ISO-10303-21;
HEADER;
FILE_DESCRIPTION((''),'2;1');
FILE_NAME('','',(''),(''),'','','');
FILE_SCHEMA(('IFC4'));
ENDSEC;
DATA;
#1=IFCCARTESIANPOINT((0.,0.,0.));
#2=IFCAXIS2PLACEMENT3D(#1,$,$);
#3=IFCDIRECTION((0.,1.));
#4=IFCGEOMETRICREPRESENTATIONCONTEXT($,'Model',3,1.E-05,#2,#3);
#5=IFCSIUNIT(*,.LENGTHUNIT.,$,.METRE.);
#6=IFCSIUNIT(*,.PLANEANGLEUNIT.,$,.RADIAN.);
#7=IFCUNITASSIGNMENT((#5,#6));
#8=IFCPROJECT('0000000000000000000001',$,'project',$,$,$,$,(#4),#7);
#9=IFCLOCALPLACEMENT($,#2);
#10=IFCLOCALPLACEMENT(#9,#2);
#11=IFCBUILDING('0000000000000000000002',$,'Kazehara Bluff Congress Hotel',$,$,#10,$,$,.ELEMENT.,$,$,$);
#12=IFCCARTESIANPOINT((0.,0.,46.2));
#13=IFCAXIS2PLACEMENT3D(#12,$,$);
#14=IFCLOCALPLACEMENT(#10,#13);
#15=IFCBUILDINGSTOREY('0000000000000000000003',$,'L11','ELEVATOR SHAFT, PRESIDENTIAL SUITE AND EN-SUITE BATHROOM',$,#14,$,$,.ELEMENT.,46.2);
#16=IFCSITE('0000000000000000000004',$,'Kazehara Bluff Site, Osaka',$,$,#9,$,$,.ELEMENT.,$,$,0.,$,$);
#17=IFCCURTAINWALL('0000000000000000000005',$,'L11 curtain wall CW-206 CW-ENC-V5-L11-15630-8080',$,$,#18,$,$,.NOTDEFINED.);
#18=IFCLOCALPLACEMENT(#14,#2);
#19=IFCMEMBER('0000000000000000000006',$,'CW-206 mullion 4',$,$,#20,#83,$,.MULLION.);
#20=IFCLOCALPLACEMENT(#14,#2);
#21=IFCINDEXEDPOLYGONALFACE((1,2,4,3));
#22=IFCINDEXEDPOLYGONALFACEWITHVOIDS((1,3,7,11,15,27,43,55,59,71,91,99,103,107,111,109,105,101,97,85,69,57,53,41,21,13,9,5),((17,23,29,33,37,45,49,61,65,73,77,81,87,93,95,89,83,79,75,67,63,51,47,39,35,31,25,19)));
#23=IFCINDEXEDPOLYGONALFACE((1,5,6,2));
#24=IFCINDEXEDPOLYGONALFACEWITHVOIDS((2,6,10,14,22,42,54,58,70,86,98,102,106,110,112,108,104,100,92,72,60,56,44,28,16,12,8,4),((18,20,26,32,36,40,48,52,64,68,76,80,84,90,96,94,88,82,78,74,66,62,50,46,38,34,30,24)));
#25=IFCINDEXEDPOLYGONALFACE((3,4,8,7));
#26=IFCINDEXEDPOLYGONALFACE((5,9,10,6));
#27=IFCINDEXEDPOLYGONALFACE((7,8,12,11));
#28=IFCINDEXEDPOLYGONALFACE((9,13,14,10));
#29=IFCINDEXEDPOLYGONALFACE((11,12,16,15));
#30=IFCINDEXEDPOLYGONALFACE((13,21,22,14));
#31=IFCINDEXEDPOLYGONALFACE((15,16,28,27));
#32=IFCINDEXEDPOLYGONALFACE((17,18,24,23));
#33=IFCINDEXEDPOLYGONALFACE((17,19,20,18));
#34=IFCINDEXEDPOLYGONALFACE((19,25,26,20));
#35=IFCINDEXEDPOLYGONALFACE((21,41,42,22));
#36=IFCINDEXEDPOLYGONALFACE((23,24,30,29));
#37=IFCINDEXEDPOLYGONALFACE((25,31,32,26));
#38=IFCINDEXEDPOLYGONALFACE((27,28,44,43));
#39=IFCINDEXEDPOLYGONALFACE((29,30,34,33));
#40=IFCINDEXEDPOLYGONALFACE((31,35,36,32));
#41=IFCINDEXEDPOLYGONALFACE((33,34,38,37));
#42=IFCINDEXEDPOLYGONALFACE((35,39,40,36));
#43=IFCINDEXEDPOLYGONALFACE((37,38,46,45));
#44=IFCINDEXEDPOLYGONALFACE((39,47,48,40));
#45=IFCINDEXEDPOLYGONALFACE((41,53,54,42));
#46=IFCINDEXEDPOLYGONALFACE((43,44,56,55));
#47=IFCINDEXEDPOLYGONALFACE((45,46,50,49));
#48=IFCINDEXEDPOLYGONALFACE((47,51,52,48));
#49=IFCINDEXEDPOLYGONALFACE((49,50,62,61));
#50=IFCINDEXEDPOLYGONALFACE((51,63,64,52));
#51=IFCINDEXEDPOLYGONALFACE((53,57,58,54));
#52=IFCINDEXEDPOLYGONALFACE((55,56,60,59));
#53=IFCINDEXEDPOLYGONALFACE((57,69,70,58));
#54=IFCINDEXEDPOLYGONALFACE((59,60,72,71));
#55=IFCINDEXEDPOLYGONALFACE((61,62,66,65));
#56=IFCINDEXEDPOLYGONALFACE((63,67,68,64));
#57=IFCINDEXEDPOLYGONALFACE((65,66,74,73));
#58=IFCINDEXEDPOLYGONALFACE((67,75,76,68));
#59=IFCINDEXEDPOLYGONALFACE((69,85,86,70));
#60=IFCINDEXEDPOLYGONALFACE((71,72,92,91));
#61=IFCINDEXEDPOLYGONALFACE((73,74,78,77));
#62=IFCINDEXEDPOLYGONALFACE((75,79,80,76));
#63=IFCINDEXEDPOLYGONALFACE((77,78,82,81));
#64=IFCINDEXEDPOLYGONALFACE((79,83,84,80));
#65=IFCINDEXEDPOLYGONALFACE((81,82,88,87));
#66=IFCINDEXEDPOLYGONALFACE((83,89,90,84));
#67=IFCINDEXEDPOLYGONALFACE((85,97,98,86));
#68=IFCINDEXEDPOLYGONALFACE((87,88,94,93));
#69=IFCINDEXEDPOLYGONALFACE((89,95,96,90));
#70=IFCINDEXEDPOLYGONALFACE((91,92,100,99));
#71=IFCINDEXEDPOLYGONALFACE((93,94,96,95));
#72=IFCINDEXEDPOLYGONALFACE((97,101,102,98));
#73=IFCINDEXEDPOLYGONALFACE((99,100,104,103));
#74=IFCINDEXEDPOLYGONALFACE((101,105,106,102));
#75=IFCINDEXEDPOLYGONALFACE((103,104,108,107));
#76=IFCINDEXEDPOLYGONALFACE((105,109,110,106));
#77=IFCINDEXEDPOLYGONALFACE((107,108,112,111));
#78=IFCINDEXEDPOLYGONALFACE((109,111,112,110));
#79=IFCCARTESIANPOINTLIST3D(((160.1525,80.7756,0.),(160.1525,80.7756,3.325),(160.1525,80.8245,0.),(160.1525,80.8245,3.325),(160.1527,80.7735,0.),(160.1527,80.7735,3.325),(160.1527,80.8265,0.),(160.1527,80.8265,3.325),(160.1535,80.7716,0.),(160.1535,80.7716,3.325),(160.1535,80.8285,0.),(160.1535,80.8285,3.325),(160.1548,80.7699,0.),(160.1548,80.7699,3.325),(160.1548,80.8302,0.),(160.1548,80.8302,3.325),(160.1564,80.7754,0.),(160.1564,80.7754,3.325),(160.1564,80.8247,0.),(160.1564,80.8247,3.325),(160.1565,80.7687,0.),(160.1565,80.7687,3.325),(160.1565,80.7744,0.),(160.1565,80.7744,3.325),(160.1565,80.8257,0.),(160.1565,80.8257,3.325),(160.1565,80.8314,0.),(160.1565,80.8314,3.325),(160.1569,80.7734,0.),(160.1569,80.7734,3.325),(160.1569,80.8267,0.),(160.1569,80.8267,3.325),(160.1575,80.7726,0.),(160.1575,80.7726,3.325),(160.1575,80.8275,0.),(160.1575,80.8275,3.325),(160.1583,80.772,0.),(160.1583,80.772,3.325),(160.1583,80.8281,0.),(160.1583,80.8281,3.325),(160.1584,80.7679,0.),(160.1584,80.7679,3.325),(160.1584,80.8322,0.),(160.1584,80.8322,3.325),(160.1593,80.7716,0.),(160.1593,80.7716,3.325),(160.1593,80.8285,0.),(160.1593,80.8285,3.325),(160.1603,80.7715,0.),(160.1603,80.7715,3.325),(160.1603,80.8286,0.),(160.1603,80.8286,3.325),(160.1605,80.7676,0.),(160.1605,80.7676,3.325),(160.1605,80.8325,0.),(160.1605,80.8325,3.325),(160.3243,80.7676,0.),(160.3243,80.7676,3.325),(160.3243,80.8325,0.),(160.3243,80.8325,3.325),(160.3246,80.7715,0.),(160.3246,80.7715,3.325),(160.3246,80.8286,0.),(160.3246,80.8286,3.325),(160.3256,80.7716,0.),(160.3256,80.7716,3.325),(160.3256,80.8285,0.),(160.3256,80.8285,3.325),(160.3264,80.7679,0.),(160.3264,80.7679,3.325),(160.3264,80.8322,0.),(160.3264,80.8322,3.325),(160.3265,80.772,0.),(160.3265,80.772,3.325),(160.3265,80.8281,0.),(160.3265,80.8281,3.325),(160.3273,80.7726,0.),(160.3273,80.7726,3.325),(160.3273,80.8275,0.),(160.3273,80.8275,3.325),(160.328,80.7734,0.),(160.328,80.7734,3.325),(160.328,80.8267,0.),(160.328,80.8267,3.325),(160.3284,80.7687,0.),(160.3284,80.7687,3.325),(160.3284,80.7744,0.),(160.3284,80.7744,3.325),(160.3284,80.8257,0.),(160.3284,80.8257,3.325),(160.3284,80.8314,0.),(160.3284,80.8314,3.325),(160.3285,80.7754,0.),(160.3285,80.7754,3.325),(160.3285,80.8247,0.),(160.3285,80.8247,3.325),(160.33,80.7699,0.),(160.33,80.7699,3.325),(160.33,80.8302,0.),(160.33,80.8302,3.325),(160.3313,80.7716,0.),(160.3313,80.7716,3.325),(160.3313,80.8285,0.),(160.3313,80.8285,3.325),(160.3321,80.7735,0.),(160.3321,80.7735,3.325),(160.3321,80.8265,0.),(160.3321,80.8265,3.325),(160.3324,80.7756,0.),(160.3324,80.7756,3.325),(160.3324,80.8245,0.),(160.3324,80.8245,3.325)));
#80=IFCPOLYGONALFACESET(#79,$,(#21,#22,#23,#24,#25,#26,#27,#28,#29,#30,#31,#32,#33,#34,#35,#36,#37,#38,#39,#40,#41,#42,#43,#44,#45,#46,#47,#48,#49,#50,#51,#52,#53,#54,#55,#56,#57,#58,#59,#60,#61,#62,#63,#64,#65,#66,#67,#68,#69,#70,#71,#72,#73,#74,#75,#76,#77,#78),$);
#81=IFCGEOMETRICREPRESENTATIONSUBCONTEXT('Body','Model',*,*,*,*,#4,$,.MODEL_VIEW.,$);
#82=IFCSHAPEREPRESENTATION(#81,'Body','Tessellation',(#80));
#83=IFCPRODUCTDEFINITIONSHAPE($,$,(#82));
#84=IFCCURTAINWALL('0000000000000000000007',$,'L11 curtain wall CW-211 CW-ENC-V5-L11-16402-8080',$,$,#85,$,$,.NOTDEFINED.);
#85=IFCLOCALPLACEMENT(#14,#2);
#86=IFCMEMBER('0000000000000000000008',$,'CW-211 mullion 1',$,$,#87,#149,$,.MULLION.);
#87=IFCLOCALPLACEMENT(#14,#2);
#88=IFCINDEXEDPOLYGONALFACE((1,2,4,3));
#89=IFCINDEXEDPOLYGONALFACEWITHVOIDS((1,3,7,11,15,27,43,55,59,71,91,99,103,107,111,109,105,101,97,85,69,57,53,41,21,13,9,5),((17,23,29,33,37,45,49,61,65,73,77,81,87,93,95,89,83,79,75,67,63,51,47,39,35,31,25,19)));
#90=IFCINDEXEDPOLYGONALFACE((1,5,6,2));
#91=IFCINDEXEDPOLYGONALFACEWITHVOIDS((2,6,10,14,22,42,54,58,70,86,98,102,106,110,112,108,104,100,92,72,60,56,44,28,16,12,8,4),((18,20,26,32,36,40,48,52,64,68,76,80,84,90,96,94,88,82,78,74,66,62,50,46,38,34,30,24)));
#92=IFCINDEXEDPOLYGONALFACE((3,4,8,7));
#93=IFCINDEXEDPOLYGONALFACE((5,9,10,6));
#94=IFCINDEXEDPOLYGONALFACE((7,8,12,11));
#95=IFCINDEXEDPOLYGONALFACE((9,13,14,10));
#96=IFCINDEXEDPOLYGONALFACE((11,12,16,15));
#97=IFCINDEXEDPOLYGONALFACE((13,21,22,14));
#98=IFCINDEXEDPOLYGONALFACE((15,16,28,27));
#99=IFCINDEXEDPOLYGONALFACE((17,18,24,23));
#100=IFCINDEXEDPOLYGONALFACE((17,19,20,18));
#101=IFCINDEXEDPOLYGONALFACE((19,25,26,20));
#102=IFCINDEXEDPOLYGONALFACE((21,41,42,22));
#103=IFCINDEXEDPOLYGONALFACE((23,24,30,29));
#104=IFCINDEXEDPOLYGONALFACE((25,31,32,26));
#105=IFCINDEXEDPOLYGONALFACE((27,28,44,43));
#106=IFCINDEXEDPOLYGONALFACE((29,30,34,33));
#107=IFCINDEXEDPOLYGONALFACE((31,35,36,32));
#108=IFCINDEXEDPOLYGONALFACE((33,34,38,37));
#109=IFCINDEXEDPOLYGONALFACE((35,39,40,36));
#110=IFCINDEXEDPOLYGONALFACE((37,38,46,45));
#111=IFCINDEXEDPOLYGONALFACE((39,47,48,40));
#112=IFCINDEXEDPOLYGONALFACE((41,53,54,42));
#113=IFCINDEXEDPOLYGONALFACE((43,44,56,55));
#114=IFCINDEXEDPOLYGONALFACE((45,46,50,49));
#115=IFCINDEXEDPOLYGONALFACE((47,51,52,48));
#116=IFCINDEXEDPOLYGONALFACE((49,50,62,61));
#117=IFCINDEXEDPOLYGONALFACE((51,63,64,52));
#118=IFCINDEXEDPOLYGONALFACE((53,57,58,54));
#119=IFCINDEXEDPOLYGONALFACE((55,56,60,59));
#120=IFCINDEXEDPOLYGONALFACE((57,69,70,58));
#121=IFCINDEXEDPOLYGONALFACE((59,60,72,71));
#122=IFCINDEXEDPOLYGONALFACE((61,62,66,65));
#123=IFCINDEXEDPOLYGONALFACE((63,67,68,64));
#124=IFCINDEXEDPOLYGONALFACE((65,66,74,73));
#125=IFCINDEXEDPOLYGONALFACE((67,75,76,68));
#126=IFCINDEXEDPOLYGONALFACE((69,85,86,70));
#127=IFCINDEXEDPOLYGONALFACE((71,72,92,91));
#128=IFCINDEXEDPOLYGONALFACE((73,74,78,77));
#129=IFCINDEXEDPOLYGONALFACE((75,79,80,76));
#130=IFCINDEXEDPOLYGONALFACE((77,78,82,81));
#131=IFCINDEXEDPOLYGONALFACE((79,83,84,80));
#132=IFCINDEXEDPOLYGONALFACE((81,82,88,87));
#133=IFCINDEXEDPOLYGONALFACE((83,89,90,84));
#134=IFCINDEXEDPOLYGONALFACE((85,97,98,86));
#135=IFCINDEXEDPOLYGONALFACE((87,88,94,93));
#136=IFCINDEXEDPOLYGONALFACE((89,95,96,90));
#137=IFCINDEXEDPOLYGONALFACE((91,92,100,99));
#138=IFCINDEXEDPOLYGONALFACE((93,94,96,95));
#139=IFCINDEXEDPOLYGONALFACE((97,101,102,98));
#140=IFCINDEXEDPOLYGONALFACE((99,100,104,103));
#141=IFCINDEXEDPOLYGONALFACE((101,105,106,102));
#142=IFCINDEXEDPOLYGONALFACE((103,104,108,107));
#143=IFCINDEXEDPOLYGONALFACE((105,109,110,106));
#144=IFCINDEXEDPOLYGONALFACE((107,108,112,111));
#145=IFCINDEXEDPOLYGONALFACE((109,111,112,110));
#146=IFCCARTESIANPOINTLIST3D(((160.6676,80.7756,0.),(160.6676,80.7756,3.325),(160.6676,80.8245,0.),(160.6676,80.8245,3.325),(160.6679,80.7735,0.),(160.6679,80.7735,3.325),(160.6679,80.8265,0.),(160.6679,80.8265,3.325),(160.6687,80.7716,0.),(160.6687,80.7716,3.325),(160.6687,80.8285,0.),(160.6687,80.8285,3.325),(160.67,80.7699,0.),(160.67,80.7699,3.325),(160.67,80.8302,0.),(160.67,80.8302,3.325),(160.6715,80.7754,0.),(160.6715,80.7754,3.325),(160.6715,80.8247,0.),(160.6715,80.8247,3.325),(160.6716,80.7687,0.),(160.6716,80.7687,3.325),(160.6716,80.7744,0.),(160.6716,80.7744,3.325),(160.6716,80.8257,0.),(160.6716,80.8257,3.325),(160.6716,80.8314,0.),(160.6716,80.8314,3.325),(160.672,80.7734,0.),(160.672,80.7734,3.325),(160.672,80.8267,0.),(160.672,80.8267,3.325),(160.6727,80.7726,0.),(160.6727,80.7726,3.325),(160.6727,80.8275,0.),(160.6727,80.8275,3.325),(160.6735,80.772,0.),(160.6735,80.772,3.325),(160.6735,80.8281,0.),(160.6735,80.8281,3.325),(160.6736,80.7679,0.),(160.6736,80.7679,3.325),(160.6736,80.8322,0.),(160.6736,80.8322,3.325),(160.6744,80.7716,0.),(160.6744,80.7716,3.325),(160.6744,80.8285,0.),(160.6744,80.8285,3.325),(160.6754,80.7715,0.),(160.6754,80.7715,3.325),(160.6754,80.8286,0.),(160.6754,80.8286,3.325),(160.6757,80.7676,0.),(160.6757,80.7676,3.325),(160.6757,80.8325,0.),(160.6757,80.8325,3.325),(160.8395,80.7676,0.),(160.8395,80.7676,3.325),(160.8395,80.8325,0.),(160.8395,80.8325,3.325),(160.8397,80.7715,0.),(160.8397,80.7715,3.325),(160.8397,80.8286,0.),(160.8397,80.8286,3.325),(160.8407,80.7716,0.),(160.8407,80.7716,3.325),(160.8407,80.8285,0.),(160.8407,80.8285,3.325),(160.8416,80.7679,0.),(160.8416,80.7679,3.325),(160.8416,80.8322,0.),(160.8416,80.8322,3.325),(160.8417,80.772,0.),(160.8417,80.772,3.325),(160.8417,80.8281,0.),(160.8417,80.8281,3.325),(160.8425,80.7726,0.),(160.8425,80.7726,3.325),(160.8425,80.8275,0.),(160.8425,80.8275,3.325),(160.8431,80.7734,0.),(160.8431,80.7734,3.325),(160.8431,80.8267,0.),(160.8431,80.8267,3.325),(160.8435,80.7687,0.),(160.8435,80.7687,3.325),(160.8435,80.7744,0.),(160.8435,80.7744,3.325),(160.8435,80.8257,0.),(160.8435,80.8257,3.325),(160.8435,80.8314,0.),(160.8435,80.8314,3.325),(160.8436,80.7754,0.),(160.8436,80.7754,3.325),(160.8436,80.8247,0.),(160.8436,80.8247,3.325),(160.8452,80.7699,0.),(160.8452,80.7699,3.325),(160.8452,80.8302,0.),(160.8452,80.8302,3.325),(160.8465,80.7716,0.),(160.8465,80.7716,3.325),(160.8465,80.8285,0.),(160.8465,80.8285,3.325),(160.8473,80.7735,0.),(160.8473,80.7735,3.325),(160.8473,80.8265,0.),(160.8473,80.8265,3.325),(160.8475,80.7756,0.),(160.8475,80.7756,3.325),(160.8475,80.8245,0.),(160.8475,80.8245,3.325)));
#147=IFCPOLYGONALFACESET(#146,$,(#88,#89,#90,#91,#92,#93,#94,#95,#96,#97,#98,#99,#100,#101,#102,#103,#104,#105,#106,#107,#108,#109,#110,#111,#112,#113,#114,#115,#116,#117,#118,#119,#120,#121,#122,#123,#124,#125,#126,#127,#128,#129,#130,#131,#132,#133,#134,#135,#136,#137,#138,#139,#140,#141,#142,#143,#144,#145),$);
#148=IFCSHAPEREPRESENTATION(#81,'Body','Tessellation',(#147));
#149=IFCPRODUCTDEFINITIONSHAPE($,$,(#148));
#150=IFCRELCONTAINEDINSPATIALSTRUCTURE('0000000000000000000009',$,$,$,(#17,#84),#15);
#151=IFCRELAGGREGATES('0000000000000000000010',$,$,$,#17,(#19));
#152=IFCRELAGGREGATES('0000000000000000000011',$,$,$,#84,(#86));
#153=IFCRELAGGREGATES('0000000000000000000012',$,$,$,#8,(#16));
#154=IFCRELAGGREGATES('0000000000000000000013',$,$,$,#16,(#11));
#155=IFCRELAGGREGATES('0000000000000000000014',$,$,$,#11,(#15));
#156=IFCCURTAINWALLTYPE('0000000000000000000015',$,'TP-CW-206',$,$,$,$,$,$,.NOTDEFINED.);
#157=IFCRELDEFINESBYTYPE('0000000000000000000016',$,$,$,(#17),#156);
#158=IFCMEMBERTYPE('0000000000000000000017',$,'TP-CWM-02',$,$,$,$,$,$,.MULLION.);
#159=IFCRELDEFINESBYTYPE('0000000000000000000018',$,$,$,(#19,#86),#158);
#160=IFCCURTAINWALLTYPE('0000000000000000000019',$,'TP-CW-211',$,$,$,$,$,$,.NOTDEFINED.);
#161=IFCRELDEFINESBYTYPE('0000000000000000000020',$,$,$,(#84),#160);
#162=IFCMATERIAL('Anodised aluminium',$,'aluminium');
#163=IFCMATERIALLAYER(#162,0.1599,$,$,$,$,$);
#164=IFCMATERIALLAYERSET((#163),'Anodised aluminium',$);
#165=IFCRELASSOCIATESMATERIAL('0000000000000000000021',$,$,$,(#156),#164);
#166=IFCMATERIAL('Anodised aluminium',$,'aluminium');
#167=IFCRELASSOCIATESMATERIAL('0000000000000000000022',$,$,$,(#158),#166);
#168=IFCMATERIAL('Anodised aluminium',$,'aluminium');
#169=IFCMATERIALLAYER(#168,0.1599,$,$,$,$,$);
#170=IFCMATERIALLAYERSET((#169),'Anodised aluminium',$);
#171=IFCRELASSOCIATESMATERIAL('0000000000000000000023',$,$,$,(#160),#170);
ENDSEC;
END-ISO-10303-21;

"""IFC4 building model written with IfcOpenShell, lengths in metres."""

from ifc_helpers import new_model, si_unit, direction, frame, origin, origin_2d, place, context, subcontext, project, spatial, hollow_rectangle, extrude, material, layer, layer_set, material_profile, profile_set, type_object, element, aggregate, save


model = new_model("IFC4")

# Units and contexts
model_context = context("Model", 3, precision=1e-05, world=origin(), true_north=direction((0.0, 1.0)))
body_context = subcontext(model_context, "Body", "Model", "MODEL_VIEW")
ifc_project = project(units=[si_unit("LENGTHUNIT", "METRE"), si_unit("PLANEANGLEUNIT", "RADIAN")], contexts=[model_context])

# Site, building, storey
site_placement = place(None, origin())
site = spatial("IfcSite", under=ifc_project, at=site_placement, Name="Kazehara Bluff Site, Osaka", CompositionType="ELEMENT", RefElevation=0.0)
building_placement = place(site_placement, origin())
building = spatial("IfcBuilding", under=site, at=building_placement, Name="Kazehara Bluff Congress Hotel", CompositionType="ELEMENT")
storey_placement = place(building_placement, frame((0.0, 0.0, 46.2)))
storey = spatial("IfcBuildingStorey", under=building, at=storey_placement, Name="L11", Description="ELEVATOR SHAFT, PRESIDENTIAL SUITE AND EN-SUITE BATHROOM", CompositionType="ELEMENT", Elevation=46.2)

# Curtain walls, members
ifc_material_1 = material(Name="Anodised aluminium", Category="aluminium")
ifc_layer_1 = layer(ifc_material_1, 0.1599)
ifc_layer_set_1 = layer_set([ifc_layer_1], Name="Anodised aluminium")
curtain_wall_type_1 = type_object("IfcCurtainWallType", Name="TP-CW-206", PredefinedType="NOTDEFINED", material=ifc_layer_set_1)
curtain_wall_1_placement = place(storey_placement, origin())
curtain_wall_1 = element("IfcCurtainWall", 1, at=curtain_wall_1_placement, inside=storey, type_object=curtain_wall_type_1, Name="L11 curtain wall CW-206 CW-ENC-V5-L11-15630-8080", PredefinedType="NOTDEFINED")
ifc_material_2 = material(Name="Anodised aluminium", Category="aluminium")
ifc_material_profile_1 = material_profile(ifc_material_2, hollow_rectangle(XDim=0.0649, YDim=0.1799, WallThickness=0.0039, InnerFilletRadius=0.0039, OuterFilletRadius=0.0081, at=origin_2d()))
ifc_profile_set_1 = profile_set([ifc_material_profile_1], Name="Anodised aluminium")
member_type_1 = type_object("IfcMemberType", Name="TP-CWM-02", PredefinedType="MULLION", material=ifc_profile_set_1)
member_1_placement = place(storey_placement, frame((160.2424, 80.8, 0.0), z_axis=(0.0, 0.0, 1.0), x_axis=(0.0, 1.0, 0.0)))
member_1 = element("IfcMember", 2, at=member_1_placement, type_object=member_type_1, Name="CW-206 mullion 4", PredefinedType="MULLION", context=body_context, shape_type="SweptSolid", body=[
    extrude(hollow_rectangle(XDim=0.0649, YDim=0.1799, WallThickness=0.0039, InnerFilletRadius=0.0039, OuterFilletRadius=0.0081, at=origin_2d()), origin(), (0.0, 0.0, 1.0), 3.325),
])
ifc_material_3 = material(Name="Anodised aluminium", Category="aluminium")
ifc_layer_2 = layer(ifc_material_3, 0.1599)
ifc_layer_set_2 = layer_set([ifc_layer_2], Name="Anodised aluminium")
curtain_wall_type_2 = type_object("IfcCurtainWallType", Name="TP-CW-211", PredefinedType="NOTDEFINED", material=ifc_layer_set_2)
curtain_wall_2_placement = place(storey_placement, origin())
curtain_wall_2 = element("IfcCurtainWall", 3, at=curtain_wall_2_placement, inside=storey, type_object=curtain_wall_type_2, Name="L11 curtain wall CW-211 CW-ENC-V5-L11-16402-8080", PredefinedType="NOTDEFINED")
member_2_placement = place(storey_placement, frame((160.7576, 80.8, 0.0), z_axis=(0.0, 0.0, 1.0), x_axis=(0.0, 1.0, 0.0)))
member_2 = element("IfcMember", 4, at=member_2_placement, type_object=member_type_1, Name="CW-211 mullion 1", PredefinedType="MULLION", context=body_context, shape_type="SweptSolid", body=[
    extrude(hollow_rectangle(XDim=0.0649, YDim=0.1799, WallThickness=0.0039, InnerFilletRadius=0.0039, OuterFilletRadius=0.0081, at=origin_2d()), origin(), (0.0, 0.0, 1.0), 3.325),
])

aggregate(curtain_wall_1, [member_1])
aggregate(curtain_wall_2, [member_2])

save(model, "model.ifc")
